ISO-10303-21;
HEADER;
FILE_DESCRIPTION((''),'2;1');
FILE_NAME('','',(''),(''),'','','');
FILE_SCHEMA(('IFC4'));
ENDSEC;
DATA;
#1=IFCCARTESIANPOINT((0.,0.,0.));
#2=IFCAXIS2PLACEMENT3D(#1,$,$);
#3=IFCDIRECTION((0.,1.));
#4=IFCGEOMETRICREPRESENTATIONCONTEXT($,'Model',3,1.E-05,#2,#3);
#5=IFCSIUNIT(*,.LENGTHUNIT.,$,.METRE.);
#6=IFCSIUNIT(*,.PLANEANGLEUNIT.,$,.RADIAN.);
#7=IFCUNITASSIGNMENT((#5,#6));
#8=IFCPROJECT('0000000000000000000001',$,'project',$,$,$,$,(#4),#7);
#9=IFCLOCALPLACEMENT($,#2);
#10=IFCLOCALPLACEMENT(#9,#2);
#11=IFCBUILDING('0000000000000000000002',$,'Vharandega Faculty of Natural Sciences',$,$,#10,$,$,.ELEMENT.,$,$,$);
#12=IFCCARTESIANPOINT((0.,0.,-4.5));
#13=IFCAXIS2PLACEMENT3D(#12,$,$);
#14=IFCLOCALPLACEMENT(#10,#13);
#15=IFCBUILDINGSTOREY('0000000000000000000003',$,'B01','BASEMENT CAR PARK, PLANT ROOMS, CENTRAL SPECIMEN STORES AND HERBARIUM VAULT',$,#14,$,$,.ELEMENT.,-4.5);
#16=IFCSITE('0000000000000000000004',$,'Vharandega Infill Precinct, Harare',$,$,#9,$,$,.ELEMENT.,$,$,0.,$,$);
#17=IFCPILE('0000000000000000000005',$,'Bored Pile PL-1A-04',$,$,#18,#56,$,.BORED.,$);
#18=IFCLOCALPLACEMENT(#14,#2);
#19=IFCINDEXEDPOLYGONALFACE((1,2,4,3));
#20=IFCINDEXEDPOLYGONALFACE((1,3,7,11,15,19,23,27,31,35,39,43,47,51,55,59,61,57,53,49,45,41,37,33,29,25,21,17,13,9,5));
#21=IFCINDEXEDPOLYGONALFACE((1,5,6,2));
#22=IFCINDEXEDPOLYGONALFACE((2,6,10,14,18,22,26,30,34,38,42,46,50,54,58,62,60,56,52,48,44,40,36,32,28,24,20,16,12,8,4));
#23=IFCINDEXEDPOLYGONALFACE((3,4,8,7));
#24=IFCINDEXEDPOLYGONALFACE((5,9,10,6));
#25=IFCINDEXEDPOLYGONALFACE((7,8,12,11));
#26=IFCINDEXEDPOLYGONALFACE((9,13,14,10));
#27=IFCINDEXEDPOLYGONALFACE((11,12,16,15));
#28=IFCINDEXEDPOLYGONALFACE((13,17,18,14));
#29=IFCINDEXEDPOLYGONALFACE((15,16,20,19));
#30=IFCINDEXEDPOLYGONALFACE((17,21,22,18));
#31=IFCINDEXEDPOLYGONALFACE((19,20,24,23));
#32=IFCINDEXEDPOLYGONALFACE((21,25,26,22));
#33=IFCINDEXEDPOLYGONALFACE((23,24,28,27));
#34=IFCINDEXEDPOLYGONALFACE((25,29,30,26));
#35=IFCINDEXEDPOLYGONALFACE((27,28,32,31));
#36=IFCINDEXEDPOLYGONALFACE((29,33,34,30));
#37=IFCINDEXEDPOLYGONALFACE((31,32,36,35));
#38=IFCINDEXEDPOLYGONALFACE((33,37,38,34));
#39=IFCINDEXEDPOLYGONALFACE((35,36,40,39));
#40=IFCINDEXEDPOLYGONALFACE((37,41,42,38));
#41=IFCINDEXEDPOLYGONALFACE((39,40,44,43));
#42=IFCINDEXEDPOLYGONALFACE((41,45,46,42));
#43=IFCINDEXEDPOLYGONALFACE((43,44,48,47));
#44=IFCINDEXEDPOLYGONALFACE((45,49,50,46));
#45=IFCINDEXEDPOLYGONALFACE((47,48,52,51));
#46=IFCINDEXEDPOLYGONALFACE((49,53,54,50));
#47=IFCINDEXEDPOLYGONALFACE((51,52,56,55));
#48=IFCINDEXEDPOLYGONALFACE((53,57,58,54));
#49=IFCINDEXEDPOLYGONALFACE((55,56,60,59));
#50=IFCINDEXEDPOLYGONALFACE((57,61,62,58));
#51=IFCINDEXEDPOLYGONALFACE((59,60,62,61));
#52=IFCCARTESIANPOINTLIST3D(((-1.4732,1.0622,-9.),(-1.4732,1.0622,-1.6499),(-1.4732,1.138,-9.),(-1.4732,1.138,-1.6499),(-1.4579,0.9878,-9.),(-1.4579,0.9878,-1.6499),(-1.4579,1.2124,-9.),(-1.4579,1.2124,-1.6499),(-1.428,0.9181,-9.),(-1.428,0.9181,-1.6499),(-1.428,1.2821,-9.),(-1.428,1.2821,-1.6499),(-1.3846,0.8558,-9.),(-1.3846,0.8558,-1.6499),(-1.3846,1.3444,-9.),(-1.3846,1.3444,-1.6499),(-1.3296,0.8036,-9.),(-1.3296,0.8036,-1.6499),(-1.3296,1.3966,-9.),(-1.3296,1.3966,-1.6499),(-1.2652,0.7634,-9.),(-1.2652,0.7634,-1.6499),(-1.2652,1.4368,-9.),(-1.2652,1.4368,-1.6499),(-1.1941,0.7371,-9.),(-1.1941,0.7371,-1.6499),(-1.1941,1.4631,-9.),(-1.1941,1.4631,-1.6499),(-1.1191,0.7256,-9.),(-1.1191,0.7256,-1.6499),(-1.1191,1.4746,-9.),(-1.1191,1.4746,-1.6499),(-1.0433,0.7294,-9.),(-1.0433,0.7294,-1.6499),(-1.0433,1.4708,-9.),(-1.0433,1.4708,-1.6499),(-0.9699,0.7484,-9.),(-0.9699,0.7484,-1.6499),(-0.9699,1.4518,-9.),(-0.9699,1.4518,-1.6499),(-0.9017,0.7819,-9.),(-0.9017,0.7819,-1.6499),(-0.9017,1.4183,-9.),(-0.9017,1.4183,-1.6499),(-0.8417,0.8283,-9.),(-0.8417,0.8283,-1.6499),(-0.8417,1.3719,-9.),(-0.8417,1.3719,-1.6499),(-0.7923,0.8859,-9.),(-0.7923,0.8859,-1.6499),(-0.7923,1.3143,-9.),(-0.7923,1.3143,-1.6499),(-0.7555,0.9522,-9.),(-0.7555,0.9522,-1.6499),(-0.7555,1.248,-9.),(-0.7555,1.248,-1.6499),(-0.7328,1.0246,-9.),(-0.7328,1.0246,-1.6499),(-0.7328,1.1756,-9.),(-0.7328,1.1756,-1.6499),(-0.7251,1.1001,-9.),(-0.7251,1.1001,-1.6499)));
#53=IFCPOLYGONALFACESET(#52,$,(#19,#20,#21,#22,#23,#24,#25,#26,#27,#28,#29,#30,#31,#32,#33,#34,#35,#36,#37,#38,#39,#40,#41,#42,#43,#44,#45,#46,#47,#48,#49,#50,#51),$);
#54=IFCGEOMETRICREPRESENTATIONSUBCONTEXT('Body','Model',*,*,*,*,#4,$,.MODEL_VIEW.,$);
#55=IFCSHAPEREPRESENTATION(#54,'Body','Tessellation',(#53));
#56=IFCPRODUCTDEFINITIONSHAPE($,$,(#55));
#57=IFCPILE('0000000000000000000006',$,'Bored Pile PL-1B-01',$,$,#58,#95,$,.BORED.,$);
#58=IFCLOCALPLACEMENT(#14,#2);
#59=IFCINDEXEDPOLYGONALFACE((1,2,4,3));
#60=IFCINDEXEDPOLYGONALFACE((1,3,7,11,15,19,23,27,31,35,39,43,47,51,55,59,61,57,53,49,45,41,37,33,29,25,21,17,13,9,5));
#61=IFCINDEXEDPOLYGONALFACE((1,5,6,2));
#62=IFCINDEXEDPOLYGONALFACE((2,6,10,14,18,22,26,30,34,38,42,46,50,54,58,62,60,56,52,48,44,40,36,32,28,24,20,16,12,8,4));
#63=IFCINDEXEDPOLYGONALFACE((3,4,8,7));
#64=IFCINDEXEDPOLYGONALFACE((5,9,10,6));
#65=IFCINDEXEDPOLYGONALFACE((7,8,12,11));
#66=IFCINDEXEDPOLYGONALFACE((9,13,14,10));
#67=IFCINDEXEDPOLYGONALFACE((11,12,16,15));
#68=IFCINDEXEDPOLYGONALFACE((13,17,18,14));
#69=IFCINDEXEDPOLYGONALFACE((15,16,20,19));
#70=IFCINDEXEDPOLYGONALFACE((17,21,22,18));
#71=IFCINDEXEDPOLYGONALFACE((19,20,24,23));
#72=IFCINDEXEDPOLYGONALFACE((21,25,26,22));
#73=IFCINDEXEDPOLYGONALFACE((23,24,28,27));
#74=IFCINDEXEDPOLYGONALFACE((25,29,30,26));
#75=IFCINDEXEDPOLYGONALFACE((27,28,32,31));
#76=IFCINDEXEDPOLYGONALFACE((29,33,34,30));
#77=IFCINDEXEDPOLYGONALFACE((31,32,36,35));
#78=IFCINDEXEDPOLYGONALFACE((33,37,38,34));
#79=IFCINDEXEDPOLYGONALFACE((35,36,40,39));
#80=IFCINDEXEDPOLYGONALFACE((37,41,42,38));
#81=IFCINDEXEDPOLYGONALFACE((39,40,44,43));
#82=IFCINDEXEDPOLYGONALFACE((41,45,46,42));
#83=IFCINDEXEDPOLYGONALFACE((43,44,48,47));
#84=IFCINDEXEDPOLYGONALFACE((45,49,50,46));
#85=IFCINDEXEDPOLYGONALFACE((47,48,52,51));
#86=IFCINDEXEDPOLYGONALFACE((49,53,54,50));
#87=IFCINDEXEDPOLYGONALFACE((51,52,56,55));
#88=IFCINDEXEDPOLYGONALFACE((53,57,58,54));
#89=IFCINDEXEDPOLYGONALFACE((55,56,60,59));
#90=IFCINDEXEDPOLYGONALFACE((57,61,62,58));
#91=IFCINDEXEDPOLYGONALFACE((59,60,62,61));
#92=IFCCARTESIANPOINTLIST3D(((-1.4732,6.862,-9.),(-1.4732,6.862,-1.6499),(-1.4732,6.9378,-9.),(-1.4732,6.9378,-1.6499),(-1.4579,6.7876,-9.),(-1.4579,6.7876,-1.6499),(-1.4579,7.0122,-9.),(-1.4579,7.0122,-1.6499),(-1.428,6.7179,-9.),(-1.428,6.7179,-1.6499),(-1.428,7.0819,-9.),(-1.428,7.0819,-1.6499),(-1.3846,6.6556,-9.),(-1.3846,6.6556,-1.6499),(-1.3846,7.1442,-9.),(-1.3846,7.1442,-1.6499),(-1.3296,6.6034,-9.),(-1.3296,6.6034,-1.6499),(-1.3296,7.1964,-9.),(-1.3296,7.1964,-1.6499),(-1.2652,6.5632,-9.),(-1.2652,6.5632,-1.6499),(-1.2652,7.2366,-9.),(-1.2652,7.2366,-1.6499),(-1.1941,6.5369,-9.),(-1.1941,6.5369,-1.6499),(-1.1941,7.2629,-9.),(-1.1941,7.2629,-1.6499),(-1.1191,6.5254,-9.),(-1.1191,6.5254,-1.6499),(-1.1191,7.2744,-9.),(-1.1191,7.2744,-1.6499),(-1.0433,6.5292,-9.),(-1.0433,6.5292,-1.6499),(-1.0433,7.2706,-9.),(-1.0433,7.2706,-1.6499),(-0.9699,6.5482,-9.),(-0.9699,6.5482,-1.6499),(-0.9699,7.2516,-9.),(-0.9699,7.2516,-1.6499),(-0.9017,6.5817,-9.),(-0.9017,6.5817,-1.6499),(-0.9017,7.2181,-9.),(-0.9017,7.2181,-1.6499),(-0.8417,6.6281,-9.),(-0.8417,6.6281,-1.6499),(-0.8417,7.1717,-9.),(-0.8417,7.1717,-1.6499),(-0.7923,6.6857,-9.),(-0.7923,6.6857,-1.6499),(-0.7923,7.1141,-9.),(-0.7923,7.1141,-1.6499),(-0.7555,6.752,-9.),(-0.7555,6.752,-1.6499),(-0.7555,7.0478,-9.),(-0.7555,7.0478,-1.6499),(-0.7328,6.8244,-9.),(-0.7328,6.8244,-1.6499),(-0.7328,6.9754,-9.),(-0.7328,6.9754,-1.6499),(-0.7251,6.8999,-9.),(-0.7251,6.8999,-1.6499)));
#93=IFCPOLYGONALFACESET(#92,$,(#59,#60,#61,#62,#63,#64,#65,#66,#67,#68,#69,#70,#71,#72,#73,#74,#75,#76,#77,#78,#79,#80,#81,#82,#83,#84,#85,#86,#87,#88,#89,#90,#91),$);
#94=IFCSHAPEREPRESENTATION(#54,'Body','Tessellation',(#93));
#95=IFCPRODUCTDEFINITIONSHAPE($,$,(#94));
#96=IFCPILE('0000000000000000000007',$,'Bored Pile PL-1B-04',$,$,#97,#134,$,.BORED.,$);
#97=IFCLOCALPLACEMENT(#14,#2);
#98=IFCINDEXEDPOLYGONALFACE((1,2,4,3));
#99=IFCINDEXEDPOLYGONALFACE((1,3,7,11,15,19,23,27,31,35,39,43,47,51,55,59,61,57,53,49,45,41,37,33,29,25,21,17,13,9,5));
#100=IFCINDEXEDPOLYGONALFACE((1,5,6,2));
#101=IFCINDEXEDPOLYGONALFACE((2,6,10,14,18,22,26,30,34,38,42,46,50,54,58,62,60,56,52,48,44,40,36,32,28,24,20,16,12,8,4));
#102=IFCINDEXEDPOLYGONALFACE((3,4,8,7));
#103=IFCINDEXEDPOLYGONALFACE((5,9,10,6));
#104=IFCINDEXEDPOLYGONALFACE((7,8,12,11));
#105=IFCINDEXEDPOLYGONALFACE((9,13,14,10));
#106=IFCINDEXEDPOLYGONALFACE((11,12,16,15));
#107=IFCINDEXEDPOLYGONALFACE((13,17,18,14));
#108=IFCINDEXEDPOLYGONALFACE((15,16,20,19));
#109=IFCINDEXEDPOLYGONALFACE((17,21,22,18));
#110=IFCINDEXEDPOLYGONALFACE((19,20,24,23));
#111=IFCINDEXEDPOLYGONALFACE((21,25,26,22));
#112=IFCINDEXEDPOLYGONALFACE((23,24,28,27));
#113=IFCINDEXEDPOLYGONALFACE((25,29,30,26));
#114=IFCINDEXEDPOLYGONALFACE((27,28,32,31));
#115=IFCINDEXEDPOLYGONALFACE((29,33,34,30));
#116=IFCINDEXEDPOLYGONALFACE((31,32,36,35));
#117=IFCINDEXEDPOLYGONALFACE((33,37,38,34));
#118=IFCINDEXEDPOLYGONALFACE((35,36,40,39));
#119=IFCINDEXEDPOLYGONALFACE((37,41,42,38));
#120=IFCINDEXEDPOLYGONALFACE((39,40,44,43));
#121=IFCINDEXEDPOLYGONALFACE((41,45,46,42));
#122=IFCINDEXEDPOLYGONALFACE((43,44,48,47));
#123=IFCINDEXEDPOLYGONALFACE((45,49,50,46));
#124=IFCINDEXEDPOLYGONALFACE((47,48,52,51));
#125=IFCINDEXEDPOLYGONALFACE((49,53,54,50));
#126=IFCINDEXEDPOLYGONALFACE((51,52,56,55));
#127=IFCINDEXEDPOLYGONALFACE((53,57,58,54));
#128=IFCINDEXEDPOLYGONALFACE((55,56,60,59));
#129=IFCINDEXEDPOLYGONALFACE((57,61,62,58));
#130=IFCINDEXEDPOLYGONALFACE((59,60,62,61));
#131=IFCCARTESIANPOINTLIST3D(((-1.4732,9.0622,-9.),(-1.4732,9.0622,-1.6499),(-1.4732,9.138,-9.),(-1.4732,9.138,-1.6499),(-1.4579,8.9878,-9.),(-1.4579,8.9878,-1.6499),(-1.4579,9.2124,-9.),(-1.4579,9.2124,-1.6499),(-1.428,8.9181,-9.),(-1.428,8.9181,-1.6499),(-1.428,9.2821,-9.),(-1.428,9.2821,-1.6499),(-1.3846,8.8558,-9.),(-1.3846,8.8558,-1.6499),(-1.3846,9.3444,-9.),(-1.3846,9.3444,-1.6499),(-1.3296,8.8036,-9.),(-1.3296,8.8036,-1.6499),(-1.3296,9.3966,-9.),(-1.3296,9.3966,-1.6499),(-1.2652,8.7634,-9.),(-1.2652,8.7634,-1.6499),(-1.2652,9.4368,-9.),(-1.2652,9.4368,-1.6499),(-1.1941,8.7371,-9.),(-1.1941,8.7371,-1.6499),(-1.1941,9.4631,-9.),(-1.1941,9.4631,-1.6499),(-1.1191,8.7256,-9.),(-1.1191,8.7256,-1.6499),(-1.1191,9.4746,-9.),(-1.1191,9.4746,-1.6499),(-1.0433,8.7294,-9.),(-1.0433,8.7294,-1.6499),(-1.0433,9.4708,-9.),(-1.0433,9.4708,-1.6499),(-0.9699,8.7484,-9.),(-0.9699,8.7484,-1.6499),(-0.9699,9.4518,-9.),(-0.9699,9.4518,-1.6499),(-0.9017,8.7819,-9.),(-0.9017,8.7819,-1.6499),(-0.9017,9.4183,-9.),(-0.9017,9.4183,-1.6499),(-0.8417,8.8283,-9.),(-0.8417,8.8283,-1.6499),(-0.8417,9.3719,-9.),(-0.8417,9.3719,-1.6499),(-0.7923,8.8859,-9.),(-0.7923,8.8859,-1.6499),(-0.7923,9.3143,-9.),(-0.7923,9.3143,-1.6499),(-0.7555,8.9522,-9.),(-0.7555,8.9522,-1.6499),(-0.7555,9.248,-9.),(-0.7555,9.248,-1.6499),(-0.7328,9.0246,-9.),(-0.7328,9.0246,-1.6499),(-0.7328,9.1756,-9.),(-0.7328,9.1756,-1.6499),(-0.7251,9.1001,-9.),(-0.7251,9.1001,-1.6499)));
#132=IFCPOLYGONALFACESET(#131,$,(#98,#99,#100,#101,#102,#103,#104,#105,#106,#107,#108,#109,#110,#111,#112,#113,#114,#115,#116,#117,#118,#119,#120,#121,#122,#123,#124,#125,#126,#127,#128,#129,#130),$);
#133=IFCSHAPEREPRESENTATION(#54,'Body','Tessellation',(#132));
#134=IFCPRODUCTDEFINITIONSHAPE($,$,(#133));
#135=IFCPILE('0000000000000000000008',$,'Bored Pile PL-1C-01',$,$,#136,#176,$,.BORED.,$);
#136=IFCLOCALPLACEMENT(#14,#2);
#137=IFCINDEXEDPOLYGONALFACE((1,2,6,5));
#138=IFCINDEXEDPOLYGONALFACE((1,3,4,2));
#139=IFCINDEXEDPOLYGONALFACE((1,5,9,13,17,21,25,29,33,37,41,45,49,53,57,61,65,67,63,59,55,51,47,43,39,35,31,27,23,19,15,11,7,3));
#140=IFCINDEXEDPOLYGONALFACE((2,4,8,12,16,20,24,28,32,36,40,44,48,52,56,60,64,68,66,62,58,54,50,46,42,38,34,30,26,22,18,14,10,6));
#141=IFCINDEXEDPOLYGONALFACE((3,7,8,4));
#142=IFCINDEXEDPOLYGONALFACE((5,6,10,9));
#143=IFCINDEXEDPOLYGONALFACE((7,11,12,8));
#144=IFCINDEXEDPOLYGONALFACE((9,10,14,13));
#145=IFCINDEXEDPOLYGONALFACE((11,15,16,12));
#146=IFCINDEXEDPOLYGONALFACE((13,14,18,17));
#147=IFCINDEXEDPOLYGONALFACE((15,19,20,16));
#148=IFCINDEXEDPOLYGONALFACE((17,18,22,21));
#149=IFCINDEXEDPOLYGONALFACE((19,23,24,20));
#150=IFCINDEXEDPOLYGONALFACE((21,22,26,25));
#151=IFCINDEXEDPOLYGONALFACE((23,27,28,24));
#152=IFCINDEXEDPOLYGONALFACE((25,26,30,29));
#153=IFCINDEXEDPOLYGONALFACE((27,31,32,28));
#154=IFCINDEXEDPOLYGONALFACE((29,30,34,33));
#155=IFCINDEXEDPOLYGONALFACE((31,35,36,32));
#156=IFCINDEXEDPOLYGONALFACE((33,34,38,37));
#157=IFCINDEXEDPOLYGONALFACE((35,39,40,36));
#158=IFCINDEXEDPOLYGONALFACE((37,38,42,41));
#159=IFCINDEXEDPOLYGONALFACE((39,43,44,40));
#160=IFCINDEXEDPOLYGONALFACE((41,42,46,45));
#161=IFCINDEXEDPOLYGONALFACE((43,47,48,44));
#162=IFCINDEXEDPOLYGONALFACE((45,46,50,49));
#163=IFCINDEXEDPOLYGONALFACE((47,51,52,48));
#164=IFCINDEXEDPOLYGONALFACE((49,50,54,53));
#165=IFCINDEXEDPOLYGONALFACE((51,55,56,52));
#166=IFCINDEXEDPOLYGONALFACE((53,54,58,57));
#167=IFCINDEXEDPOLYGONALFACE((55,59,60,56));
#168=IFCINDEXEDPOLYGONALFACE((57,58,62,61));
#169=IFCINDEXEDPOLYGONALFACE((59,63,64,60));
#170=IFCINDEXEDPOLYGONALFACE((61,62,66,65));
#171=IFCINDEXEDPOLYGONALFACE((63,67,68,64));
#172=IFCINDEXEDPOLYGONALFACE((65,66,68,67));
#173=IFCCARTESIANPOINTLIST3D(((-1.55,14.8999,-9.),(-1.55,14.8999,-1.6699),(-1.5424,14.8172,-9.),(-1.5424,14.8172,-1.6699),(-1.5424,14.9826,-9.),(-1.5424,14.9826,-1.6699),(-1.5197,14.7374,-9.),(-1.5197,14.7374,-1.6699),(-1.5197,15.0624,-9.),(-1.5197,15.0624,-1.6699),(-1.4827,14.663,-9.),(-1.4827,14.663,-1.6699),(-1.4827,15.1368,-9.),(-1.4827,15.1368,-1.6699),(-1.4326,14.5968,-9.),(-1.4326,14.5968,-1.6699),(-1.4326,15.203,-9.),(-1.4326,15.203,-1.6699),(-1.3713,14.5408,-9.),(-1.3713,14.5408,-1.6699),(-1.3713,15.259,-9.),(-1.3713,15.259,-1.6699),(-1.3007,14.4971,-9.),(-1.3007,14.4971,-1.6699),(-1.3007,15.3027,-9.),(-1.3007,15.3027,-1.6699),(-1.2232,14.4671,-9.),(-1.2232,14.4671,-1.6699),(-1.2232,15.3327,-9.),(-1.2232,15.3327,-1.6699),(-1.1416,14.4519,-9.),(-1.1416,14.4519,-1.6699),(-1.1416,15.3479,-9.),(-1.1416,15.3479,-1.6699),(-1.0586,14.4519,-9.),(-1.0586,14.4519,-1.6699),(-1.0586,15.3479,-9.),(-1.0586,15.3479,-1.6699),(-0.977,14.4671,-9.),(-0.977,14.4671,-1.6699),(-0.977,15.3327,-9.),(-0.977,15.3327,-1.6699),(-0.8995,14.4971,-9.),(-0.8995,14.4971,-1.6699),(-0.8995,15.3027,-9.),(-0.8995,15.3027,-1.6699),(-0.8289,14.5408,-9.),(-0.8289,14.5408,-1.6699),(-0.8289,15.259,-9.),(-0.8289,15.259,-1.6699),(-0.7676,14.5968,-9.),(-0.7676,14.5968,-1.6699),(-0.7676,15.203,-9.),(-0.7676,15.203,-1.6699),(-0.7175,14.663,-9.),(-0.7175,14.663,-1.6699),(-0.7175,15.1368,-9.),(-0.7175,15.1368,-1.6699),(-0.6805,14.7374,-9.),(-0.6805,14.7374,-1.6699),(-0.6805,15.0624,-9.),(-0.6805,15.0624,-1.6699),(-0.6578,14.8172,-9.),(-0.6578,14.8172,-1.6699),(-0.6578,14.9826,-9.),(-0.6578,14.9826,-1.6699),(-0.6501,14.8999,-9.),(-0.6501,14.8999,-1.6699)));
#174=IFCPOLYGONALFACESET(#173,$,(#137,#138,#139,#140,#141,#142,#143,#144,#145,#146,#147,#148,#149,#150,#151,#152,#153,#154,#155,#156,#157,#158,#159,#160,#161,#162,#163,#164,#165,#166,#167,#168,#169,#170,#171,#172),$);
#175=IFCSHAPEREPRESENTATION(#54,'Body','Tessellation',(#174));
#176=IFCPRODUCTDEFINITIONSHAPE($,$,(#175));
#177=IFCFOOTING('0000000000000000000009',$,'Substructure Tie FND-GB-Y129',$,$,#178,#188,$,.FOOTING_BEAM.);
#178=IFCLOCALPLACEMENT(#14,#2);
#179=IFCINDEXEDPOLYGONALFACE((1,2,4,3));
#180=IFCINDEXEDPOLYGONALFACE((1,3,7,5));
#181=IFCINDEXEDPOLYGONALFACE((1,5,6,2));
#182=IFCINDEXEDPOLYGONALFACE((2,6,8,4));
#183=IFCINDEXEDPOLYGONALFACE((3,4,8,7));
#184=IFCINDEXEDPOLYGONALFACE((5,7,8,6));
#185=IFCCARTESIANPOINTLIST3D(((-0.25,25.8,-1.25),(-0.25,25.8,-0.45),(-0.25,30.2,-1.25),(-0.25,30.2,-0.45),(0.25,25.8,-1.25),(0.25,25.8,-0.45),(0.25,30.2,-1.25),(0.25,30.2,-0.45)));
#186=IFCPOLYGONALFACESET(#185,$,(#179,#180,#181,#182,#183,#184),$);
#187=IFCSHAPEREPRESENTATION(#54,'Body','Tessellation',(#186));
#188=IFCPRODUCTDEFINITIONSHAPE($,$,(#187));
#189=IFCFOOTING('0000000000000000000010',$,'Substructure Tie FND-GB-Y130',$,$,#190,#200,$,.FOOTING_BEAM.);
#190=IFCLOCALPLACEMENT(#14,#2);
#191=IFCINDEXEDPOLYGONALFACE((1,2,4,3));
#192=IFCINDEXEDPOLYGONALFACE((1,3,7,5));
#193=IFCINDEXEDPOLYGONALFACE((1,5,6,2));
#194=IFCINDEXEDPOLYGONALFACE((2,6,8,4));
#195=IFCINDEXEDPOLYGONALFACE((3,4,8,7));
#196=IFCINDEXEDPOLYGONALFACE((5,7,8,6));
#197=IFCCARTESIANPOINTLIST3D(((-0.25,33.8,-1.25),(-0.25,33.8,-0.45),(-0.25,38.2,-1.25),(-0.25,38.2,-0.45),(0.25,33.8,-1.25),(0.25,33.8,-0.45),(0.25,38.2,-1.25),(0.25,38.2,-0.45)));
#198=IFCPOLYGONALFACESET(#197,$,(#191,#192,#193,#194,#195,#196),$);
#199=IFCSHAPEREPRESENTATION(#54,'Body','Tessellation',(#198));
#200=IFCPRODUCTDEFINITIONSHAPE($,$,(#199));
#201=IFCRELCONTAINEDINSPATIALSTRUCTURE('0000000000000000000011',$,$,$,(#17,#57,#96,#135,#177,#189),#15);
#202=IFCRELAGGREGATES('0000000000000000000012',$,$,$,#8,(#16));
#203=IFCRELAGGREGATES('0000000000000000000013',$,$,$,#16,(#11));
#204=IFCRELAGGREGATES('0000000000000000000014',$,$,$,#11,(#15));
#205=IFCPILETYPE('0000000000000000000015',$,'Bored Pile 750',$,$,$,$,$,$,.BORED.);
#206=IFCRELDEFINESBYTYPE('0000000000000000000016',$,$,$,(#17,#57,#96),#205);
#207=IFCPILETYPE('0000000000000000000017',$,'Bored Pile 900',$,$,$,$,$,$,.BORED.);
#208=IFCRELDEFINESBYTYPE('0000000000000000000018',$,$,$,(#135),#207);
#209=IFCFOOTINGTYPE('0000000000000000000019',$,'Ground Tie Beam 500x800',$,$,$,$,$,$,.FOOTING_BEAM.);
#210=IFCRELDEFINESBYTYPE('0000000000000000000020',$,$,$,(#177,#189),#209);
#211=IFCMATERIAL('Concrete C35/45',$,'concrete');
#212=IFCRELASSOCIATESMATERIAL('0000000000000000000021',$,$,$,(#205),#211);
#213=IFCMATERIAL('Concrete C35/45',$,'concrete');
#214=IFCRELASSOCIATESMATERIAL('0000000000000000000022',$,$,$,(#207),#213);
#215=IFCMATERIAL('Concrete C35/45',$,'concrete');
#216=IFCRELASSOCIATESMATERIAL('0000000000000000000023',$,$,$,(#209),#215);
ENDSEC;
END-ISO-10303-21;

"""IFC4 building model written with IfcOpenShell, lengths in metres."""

from ifc_helpers import new_model, si_unit, direction, frame, origin, origin_2d, place, context, subcontext, project, spatial, polyline, circle, outline, extrude, material, material_profile, profile_set, type_object, element, save


model = new_model("IFC4")

# Units and contexts
model_context = context("Model", 3, precision=1e-05, world=origin(), true_north=direction((0.0, 1.0)))
body_context = subcontext(model_context, "Body", "Model", "MODEL_VIEW")
ifc_project = project(units=[si_unit("LENGTHUNIT", "METRE"), si_unit("PLANEANGLEUNIT", "RADIAN")], contexts=[model_context])

# Site, building, storey
site_placement = place(None, origin())
site = spatial("IfcSite", under=ifc_project, at=site_placement, Name="Vharandega Infill Precinct, Harare", CompositionType="ELEMENT", RefElevation=0.0)
building_placement = place(site_placement, origin())
building = spatial("IfcBuilding", under=site, at=building_placement, Name="Vharandega Faculty of Natural Sciences", CompositionType="ELEMENT")
storey_placement = place(building_placement, frame((0.0, 0.0, -4.5)))
storey = spatial("IfcBuildingStorey", under=building, at=storey_placement, Name="B01", Description="BASEMENT CAR PARK, PLANT ROOMS, CENTRAL SPECIMEN STORES AND HERBARIUM VAULT", CompositionType="ELEMENT", Elevation=-4.5)

# Piles
ifc_material_1 = material(Name="Concrete C35/45", Category="concrete")
ifc_material_profile_1 = material_profile(ifc_material_1, circle(Radius=0.375, at=origin_2d()), Name="PILE 750")
ifc_profile_set_1 = profile_set([ifc_material_profile_1], Name="Concrete C35/45")
pile_type_1 = type_object("IfcPileType", Name="Bored Pile 750", PredefinedType="BORED", material=ifc_profile_set_1)
for number, where, z_axis, x_axis, name in (
    (1, (-1.1001, 1.1001, -1.6499), (0.0, 0.0, -1.0), (1.0, 0.0, 0.0), "Bored Pile PL-1A-04"),
    (2, (-1.1001, 6.8999, -1.6499), (0.0, 0.0, -1.0), (1.0, 0.0, 0.0), "Bored Pile PL-1B-01"),
    (3, (-1.1001, 9.1001, -1.6499), (0.0, 0.0, -1.0), (1.0, 0.0, 0.0), "Bored Pile PL-1B-04"),
):
    element("IfcPile", number, at=place(storey_placement, frame(where, z_axis=z_axis, x_axis=x_axis)), inside=storey, type_object=pile_type_1, Name=name, PredefinedType="BORED", context=body_context, shape_type="SweptSolid", body=[
        extrude(circle(Radius=0.375, at=origin_2d()), origin(), (0.0, 0.0, 1.0), 7.3501),
    ])
ifc_material_2 = material(Name="Concrete C35/45", Category="concrete")
ifc_material_profile_2 = material_profile(ifc_material_2, circle(Radius=0.45, at=origin_2d()), Name="PILE 900")
ifc_profile_set_2 = profile_set([ifc_material_profile_2], Name="Concrete C35/45")
pile_type_2 = type_object("IfcPileType", Name="Bored Pile 900", PredefinedType="BORED", material=ifc_profile_set_2)
pile_placement = place(storey_placement, frame((-1.1001, 14.8999, -1.6699), z_axis=(0.0, 0.0, -1.0), x_axis=(1.0, 0.0, 0.0)))
element("IfcPile", 4, at=pile_placement, inside=storey, type_object=pile_type_2, Name="Bored Pile PL-1C-01", PredefinedType="BORED", context=body_context, shape_type="SweptSolid", body=[
    extrude(circle(Radius=0.45, at=origin_2d()), origin(), (0.0, 0.0, 1.0), 7.3301),
])

# Footings
ifc_material_3 = material(Name="Concrete C35/45", Category="concrete")
footing_type_1 = type_object("IfcFootingType", Name="Ground Tie Beam 500x800", PredefinedType="FOOTING_BEAM", material=ifc_material_3)
footing_1_placement = place(storey_placement, frame((0.0, 0.0, -1.25)))
element("IfcFooting", 5, at=footing_1_placement, inside=storey, type_object=footing_type_1, Name="Substructure Tie FND-GB-Y129", PredefinedType="FOOTING_BEAM", context=body_context, shape_type="SweptSolid", body=[
    extrude(outline(polyline([(-0.25, 25.8), (0.25, 25.8), (0.25, 30.2), (-0.25, 30.2), (-0.25, 25.8)])), origin(), (0.0, 0.0, 1.0), 0.8),
])
footing_2_placement = place(storey_placement, frame((0.0, 0.0, -1.25)))
element("IfcFooting", 6, at=footing_2_placement, inside=storey, type_object=footing_type_1, Name="Substructure Tie FND-GB-Y130", PredefinedType="FOOTING_BEAM", context=body_context, shape_type="SweptSolid", body=[
    extrude(outline(polyline([(-0.25, 33.8), (0.25, 33.8), (0.25, 38.2), (-0.25, 38.2), (-0.25, 33.8)])), origin(), (0.0, 0.0, 1.0), 0.8),
])

save(model, "model.ifc")
